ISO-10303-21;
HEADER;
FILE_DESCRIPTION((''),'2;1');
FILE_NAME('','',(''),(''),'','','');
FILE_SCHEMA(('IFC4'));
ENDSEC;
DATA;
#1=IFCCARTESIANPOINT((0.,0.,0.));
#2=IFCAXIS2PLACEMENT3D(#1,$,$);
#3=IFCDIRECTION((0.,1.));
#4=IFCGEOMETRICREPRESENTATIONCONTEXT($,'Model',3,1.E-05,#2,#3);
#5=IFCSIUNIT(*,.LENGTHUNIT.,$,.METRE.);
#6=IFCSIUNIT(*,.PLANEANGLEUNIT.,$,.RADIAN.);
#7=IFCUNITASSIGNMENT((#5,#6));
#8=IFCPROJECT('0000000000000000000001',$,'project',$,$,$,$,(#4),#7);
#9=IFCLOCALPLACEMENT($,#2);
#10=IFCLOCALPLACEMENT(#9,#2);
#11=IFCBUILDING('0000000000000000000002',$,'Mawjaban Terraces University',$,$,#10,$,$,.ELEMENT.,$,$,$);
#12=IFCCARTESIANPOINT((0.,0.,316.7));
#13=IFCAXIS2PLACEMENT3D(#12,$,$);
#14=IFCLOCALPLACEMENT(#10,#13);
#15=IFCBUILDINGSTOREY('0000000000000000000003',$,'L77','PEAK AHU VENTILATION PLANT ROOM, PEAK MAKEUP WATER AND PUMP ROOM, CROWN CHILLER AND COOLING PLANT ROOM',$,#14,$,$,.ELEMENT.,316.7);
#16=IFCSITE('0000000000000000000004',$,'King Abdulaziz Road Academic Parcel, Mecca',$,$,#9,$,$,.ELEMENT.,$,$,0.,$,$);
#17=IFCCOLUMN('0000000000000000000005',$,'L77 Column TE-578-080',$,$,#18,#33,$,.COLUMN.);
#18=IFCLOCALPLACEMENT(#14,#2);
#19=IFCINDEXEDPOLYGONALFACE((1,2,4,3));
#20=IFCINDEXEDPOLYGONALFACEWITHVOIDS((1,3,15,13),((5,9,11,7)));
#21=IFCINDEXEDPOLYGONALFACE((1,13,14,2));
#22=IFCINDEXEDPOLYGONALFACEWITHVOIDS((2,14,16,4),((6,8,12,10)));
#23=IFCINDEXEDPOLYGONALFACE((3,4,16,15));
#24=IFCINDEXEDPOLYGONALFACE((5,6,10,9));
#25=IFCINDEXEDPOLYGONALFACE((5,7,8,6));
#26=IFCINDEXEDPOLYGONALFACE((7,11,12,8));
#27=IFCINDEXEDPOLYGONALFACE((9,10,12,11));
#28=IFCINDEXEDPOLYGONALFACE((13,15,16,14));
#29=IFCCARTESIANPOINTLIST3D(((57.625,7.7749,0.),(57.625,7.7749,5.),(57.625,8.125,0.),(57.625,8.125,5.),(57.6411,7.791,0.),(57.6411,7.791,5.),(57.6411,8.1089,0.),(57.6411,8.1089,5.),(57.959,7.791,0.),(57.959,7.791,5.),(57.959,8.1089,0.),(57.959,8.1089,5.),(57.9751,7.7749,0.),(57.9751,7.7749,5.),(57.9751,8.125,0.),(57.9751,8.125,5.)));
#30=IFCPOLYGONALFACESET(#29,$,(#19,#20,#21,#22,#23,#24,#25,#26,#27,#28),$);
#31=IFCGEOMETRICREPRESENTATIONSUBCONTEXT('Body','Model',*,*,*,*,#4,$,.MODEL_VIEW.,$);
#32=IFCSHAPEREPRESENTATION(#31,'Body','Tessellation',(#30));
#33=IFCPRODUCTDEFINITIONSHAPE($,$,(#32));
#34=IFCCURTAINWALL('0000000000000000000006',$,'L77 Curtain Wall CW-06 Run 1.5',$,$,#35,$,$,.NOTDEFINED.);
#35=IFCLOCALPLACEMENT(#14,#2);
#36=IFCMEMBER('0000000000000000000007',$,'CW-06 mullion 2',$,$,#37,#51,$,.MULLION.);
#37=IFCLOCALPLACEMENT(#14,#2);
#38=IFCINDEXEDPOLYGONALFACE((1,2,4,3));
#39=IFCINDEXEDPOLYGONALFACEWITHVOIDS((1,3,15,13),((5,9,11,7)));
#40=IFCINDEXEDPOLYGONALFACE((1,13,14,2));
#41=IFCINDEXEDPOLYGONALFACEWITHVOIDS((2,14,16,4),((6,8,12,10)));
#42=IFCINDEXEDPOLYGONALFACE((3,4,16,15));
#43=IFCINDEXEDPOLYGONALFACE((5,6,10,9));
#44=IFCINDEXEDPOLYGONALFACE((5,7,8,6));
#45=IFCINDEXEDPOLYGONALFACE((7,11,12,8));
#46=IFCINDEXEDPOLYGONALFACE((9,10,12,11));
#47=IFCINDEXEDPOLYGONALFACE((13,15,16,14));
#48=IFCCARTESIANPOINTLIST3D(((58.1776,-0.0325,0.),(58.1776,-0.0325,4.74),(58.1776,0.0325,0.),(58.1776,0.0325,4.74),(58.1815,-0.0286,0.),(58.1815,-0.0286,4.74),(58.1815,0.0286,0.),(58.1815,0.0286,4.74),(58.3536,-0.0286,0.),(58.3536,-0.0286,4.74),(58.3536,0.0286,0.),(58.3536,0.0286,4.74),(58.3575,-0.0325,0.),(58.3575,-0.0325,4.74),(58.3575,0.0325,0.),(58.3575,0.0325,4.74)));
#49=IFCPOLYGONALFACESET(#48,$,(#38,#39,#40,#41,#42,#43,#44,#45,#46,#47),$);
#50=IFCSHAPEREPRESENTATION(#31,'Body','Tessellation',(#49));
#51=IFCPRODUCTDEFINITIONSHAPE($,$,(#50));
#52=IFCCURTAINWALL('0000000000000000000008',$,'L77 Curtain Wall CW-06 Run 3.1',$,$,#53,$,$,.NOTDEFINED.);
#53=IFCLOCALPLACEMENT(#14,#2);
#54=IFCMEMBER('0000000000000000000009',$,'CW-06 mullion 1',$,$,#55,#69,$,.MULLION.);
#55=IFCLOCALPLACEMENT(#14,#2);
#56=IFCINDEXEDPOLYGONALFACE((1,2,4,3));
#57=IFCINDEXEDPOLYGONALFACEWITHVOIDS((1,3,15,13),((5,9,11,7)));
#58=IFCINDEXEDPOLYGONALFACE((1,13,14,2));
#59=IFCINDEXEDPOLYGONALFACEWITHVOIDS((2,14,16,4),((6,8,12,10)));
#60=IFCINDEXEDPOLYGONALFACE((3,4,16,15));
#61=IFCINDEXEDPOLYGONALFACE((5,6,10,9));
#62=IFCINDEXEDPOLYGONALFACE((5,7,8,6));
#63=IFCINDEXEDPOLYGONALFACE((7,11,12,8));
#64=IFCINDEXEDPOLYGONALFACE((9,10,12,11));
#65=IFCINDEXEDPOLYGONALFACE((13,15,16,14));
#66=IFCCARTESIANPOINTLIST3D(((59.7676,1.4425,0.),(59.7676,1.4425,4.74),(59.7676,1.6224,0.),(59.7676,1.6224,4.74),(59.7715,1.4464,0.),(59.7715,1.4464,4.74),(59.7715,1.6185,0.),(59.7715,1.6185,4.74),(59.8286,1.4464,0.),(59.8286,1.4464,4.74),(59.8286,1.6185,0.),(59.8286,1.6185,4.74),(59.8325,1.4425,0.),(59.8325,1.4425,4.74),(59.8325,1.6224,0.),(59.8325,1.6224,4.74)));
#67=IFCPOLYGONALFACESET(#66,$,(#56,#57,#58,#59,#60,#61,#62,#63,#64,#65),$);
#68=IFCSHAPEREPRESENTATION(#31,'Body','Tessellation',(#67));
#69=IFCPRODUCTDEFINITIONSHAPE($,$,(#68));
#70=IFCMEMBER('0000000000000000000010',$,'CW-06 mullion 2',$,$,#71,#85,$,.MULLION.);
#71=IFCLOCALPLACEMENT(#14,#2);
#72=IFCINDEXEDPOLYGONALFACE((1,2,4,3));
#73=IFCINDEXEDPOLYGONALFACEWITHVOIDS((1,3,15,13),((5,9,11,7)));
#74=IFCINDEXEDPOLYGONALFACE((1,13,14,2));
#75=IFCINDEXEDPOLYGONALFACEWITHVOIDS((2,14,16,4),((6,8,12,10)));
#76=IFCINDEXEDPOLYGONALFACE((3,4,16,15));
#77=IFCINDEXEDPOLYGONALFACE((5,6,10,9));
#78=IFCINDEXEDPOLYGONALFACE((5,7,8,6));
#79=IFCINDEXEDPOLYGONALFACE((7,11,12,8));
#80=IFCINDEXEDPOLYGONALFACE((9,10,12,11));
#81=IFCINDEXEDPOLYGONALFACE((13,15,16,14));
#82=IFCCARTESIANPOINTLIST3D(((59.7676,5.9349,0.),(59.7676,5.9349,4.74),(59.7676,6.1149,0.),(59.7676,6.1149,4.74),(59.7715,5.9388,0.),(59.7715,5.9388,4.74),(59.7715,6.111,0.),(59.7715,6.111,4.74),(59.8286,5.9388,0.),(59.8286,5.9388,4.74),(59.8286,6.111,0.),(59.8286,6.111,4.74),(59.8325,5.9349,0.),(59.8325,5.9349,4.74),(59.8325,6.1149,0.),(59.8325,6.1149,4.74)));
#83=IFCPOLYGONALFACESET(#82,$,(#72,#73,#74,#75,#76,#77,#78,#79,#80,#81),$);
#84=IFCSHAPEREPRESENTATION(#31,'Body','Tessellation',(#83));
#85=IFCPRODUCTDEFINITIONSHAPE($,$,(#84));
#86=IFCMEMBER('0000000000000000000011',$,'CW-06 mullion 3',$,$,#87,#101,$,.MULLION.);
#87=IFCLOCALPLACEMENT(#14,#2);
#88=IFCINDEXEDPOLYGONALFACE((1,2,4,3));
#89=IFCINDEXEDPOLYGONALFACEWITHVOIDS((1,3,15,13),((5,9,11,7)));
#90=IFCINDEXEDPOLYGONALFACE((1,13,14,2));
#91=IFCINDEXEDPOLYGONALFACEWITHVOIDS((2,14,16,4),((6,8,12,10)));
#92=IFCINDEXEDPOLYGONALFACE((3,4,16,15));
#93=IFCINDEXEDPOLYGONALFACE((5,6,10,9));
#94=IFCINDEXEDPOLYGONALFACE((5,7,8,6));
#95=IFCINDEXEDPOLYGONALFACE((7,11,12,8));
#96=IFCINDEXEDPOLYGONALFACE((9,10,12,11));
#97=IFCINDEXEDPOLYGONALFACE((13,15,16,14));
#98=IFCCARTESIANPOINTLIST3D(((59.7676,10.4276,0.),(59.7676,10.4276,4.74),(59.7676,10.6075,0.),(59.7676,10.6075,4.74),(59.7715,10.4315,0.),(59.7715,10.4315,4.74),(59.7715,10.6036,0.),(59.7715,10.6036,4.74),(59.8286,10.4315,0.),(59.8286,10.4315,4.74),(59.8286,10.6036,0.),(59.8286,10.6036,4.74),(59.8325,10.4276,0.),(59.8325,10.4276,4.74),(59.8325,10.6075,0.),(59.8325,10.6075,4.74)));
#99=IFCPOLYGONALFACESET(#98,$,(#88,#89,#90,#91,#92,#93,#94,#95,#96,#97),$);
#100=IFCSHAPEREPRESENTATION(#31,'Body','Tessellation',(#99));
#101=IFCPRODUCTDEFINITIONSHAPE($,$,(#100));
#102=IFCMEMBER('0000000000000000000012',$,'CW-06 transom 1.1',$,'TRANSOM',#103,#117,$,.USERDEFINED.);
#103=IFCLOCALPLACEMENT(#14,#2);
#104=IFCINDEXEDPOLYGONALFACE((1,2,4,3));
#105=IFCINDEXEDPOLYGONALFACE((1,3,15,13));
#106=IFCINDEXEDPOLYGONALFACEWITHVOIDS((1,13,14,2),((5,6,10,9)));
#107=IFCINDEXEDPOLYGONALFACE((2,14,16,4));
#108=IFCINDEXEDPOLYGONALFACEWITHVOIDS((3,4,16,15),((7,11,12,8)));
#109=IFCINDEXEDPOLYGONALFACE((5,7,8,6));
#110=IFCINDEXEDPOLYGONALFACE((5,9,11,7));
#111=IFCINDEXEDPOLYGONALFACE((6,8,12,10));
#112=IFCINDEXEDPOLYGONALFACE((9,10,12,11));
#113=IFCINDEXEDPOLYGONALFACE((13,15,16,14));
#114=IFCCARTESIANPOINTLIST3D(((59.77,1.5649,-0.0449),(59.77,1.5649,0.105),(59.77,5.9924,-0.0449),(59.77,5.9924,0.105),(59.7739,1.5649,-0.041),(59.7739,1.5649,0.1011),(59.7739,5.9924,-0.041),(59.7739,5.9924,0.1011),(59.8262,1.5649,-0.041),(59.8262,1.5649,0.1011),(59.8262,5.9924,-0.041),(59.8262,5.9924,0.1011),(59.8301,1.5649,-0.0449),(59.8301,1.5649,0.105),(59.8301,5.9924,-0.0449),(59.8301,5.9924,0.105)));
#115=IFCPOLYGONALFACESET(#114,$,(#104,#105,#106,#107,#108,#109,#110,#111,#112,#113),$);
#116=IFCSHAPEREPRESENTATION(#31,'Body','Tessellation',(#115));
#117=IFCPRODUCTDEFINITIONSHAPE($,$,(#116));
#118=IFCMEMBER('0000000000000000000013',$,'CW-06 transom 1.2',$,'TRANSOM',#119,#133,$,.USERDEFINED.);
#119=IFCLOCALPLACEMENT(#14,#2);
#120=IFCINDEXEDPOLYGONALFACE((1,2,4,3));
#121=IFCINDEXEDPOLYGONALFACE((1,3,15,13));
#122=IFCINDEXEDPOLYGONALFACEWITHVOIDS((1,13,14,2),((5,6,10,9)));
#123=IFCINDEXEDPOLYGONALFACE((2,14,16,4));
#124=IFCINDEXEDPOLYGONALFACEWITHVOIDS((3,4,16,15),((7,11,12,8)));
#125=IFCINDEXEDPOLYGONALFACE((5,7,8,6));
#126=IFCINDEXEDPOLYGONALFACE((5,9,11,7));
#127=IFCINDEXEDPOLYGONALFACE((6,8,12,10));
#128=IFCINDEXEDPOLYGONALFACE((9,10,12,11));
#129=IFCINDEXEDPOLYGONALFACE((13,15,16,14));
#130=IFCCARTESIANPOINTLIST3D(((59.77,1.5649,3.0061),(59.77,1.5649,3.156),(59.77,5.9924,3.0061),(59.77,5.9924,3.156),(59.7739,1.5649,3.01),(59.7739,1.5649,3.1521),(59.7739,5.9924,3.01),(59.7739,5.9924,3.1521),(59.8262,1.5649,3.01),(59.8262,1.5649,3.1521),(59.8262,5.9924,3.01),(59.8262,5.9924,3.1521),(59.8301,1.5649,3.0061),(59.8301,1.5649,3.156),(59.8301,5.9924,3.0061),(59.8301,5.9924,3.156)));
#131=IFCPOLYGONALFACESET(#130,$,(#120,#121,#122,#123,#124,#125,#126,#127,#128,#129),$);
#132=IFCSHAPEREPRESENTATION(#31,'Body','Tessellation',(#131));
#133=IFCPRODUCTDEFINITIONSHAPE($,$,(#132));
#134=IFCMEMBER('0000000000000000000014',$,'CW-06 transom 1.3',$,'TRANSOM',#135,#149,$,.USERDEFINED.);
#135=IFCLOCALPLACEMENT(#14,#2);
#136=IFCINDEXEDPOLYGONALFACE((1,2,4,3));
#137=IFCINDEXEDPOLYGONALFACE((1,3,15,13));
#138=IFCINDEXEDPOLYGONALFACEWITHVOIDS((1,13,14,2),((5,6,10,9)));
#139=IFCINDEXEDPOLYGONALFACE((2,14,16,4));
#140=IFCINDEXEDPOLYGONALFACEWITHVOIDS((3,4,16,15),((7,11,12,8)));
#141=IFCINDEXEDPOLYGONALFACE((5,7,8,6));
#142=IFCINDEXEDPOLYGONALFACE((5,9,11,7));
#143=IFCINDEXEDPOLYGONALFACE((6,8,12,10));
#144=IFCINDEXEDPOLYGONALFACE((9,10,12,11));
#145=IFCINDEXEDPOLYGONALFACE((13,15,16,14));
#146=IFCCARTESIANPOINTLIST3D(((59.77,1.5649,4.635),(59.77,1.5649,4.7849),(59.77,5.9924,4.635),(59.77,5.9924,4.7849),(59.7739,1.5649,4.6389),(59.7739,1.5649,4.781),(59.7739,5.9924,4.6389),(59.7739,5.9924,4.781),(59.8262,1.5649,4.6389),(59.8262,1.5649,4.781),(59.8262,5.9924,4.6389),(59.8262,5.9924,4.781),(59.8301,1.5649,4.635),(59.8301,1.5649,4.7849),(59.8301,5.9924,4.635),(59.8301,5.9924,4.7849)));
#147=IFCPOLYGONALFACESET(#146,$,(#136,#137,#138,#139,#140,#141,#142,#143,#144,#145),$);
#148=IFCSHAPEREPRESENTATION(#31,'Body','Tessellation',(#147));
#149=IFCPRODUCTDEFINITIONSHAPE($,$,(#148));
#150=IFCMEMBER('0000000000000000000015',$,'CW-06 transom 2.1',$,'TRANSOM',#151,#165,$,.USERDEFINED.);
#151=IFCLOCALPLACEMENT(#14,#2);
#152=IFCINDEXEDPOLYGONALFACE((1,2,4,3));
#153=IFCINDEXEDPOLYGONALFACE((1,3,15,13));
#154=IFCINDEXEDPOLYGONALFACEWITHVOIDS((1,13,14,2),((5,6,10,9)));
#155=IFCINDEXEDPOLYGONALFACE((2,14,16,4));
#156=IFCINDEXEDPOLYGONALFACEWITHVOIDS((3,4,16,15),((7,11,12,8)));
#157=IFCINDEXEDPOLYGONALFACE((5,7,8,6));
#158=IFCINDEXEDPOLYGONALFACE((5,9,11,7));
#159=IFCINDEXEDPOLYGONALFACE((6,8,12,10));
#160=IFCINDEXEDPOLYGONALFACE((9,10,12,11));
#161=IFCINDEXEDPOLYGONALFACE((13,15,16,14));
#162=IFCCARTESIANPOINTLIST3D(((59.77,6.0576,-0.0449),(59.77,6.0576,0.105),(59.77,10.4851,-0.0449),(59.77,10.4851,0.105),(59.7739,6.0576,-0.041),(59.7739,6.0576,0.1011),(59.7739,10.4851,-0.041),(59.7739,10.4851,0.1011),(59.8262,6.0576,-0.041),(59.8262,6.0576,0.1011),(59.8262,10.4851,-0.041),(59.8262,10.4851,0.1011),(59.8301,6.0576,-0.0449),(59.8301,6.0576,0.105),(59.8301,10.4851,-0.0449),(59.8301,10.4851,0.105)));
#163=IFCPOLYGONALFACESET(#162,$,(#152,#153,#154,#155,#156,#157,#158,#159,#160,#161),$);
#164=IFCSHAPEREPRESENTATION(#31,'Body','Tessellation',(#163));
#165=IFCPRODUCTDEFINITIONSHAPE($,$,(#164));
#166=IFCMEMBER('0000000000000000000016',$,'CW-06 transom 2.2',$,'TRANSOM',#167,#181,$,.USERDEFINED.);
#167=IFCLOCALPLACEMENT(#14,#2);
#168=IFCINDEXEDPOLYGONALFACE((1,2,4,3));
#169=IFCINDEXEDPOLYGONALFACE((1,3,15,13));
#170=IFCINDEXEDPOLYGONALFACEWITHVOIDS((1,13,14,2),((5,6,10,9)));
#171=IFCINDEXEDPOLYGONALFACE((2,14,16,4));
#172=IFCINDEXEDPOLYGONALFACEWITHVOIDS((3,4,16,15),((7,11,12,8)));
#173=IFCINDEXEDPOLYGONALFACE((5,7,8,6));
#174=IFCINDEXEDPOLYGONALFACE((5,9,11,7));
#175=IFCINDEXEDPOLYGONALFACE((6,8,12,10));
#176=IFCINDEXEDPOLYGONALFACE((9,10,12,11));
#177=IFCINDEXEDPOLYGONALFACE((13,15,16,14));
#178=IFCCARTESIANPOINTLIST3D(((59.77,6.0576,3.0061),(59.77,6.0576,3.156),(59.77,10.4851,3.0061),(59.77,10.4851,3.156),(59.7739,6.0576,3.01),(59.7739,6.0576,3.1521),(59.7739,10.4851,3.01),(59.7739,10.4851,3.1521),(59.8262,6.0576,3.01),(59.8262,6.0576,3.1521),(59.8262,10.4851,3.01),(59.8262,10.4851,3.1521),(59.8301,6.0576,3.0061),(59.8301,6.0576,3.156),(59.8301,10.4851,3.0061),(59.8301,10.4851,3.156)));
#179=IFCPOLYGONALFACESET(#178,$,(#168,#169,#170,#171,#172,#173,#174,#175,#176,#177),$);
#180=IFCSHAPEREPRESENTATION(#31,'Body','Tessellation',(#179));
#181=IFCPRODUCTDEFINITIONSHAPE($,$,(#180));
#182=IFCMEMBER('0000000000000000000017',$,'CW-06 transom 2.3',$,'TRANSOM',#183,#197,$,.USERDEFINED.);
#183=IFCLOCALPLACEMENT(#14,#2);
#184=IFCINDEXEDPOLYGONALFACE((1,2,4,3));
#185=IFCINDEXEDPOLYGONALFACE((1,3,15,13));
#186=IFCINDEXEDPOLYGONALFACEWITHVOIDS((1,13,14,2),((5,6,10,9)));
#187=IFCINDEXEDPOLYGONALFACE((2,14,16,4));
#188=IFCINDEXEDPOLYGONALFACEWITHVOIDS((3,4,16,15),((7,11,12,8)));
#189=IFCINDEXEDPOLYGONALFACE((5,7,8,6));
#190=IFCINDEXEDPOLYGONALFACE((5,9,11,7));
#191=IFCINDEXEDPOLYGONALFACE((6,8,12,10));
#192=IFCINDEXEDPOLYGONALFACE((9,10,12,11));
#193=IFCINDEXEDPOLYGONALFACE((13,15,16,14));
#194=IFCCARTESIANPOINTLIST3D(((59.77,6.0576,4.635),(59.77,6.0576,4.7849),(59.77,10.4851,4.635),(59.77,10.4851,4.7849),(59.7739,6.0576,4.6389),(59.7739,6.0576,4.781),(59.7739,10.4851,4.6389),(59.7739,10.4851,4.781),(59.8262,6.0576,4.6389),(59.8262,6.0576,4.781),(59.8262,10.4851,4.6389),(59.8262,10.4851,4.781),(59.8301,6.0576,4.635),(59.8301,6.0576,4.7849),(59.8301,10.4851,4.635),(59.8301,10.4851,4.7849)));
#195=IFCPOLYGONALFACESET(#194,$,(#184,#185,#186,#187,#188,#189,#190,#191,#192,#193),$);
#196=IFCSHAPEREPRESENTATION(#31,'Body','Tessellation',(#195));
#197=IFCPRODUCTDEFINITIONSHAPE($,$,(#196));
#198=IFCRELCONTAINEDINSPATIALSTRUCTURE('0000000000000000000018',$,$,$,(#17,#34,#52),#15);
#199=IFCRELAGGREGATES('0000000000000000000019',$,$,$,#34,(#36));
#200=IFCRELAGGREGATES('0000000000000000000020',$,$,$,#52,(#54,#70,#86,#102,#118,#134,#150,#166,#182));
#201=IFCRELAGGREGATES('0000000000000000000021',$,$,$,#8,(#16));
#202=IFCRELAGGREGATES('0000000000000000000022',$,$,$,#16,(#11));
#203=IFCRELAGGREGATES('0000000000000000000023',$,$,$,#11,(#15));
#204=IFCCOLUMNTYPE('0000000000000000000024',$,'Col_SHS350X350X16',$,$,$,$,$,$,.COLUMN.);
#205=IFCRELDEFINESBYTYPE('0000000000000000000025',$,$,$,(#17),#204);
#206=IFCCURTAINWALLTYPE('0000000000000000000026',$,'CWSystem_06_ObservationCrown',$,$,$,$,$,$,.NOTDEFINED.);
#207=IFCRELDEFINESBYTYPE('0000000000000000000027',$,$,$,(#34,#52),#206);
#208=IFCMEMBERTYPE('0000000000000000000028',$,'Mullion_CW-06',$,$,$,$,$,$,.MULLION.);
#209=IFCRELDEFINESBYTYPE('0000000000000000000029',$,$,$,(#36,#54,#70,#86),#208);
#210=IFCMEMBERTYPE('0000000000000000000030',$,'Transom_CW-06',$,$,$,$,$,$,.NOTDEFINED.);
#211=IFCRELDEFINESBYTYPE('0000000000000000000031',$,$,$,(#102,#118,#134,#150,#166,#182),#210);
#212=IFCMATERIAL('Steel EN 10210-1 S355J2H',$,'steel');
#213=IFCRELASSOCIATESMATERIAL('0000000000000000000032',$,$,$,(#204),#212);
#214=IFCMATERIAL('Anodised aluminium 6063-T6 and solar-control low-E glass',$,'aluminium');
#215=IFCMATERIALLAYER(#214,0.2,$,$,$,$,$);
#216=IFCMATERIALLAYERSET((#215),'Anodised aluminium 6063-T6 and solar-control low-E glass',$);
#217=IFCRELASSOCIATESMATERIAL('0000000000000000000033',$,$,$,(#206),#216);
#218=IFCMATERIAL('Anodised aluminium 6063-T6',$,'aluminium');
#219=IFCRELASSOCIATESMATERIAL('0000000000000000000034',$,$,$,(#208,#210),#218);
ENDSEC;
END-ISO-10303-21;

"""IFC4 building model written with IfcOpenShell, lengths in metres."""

from ifc_helpers import new_model, si_unit, direction, frame, origin, origin_2d, place, context, subcontext, project, spatial, hollow_rectangle, extrude, material, layer, layer_set, material_profile, profile_set, type_object, element, aggregate, save


model = new_model("IFC4")

# Units and contexts
model_context = context("Model", 3, precision=1e-05, world=origin(), true_north=direction((0.0, 1.0)))
body_context = subcontext(model_context, "Body", "Model", "MODEL_VIEW")
ifc_project = project(units=[si_unit("LENGTHUNIT", "METRE"), si_unit("PLANEANGLEUNIT", "RADIAN")], contexts=[model_context])

# Site, building, storey
site_placement = place(None, origin())
site = spatial("IfcSite", under=ifc_project, at=site_placement, Name="King Abdulaziz Road Academic Parcel, Mecca", CompositionType="ELEMENT", RefElevation=0.0)
building_placement = place(site_placement, origin())
building = spatial("IfcBuilding", under=site, at=building_placement, Name="Mawjaban Terraces University", CompositionType="ELEMENT")
storey_placement = place(building_placement, frame((0.0, 0.0, 316.7)))
storey = spatial("IfcBuildingStorey", under=building, at=storey_placement, Name="L77", Description="PEAK AHU VENTILATION PLANT ROOM, PEAK MAKEUP WATER AND PUMP ROOM, CROWN CHILLER AND COOLING PLANT ROOM", CompositionType="ELEMENT", Elevation=316.7)

# Column
ifc_material_1 = material(Name="Steel EN 10210-1 S355J2H", Category="steel")
ifc_material_profile_1 = material_profile(ifc_material_1, hollow_rectangle(XDim=0.3501, YDim=0.3501, WallThickness=0.0161, at=origin_2d()), Name="SHS350X350X16")
ifc_profile_set_1 = profile_set([ifc_material_profile_1], Name="Steel EN 10210-1 S355J2H")
column_type = type_object("IfcColumnType", Name="Col_SHS350X350X16", PredefinedType="COLUMN", material=ifc_profile_set_1)
column_placement = place(storey_placement, frame((57.8, 7.95, 0.0), z_axis=(0.0, 0.0, 1.0), x_axis=(1.0, 0.0, 0.0)))
element("IfcColumn", 1, at=column_placement, inside=storey, type_object=column_type, Name="L77 Column TE-578-080", PredefinedType="COLUMN", context=body_context, shape_type="SweptSolid", body=[
    extrude(hollow_rectangle(XDim=0.3501, YDim=0.3501, WallThickness=0.0161, at=origin_2d()), origin(), (0.0, 0.0, 1.0), 5.0),
])

# Curtain wall, member
ifc_material_2 = material(Name="Anodised aluminium 6063-T6 and solar-control low-E glass", Category="aluminium")
ifc_layer_1 = layer(ifc_material_2, 0.2)
ifc_layer_set_1 = layer_set([ifc_layer_1], Name="Anodised aluminium 6063-T6 and solar-control low-E glass")
curtain_wall_type = type_object("IfcCurtainWallType", Name="CWSystem_06_ObservationCrown", PredefinedType="NOTDEFINED", material=ifc_layer_set_1)
curtain_wall_1_placement = place(storey_placement, origin())
curtain_wall_1 = element("IfcCurtainWall", 2, at=curtain_wall_1_placement, inside=storey, type_object=curtain_wall_type, Name="L77 Curtain Wall CW-06 Run 1.5", PredefinedType="NOTDEFINED")
ifc_material_3 = material(Name="Anodised aluminium 6063-T6", Category="aluminium")
ifc_material_profile_2 = material_profile(ifc_material_3, hollow_rectangle(XDim=0.0649, YDim=0.1799, WallThickness=0.0039, at=origin_2d()), Name="ALU180X65X4")
ifc_profile_set_2 = profile_set([ifc_material_profile_2], Name="Anodised aluminium 6063-T6")
member_type_1 = type_object("IfcMemberType", Name="Mullion_CW-06", PredefinedType="MULLION", material=ifc_profile_set_2)
member_1_placement = place(storey_placement, frame((58.2676, 0.0, 0.0), z_axis=(0.0, 0.0, 1.0), x_axis=(0.0, 1.0, 0.0)))
member_1 = element("IfcMember", 3, at=member_1_placement, type_object=member_type_1, Name="CW-06 mullion 2", PredefinedType="MULLION", context=body_context, shape_type="SweptSolid", body=[
    extrude(hollow_rectangle(XDim=0.0649, YDim=0.1799, WallThickness=0.0039, at=origin_2d()), origin(), (0.0, 0.0, 1.0), 4.74),
])

# Curtain wall, members
curtain_wall_2_placement = place(storey_placement, origin())
curtain_wall_2 = element("IfcCurtainWall", 4, at=curtain_wall_2_placement, inside=storey, type_object=curtain_wall_type, Name="L77 Curtain Wall CW-06 Run 3.1", PredefinedType="NOTDEFINED")
member_2_placement = place(storey_placement, frame((59.8, 1.5325, 0.0), z_axis=(0.0, 0.0, 1.0), x_axis=(-1.0, 0.0, 0.0)))
member_2 = element("IfcMember", 5, at=member_2_placement, type_object=member_type_1, Name="CW-06 mullion 1", PredefinedType="MULLION", context=body_context, shape_type="SweptSolid", body=[
    extrude(hollow_rectangle(XDim=0.0649, YDim=0.1799, WallThickness=0.0039, at=origin_2d()), origin(), (0.0, 0.0, 1.0), 4.74),
])
member_3_placement = place(storey_placement, frame((59.8, 6.0249, 0.0), z_axis=(0.0, 0.0, 1.0), x_axis=(-1.0, 0.0, 0.0)))
member_3 = element("IfcMember", 6, at=member_3_placement, type_object=member_type_1, Name="CW-06 mullion 2", PredefinedType="MULLION", context=body_context, shape_type="SweptSolid", body=[
    extrude(hollow_rectangle(XDim=0.0649, YDim=0.1799, WallThickness=0.0039, at=origin_2d()), origin(), (0.0, 0.0, 1.0), 4.74),
])
member_4_placement = place(storey_placement, frame((59.8, 10.5176, 0.0), z_axis=(0.0, 0.0, 1.0), x_axis=(-1.0, 0.0, 0.0)))
member_4 = element("IfcMember", 7, at=member_4_placement, type_object=member_type_1, Name="CW-06 mullion 3", PredefinedType="MULLION", context=body_context, shape_type="SweptSolid", body=[
    extrude(hollow_rectangle(XDim=0.0649, YDim=0.1799, WallThickness=0.0039, at=origin_2d()), origin(), (0.0, 0.0, 1.0), 4.74),
])
ifc_material_profile_3 = material_profile(ifc_material_3, hollow_rectangle(XDim=0.0601, YDim=0.1499, WallThickness=0.0039, at=origin_2d()), Name="ALU150X60X4")
ifc_profile_set_3 = profile_set([ifc_material_profile_3], Name="Anodised aluminium 6063-T6")
member_type_2 = type_object("IfcMemberType", Name="Transom_CW-06", PredefinedType="NOTDEFINED", material=ifc_profile_set_3)
member_5_placement = place(storey_placement, frame((59.8, 1.5649, 0.03), z_axis=(0.0, 1.0, 0.0), x_axis=(-1.0, 0.0, 0.0)))
member_5 = element("IfcMember", 8, at=member_5_placement, type_object=member_type_2, Name="CW-06 transom 1.1", ObjectType="TRANSOM", PredefinedType="USERDEFINED", context=body_context, shape_type="SweptSolid", body=[
    extrude(hollow_rectangle(XDim=0.0601, YDim=0.1499, WallThickness=0.0039, at=origin_2d()), origin(), (0.0, 0.0, 1.0), 4.4275),
])
member_6_placement = place(storey_placement, frame((59.8, 1.5649, 3.0811), z_axis=(0.0, 1.0, 0.0), x_axis=(-1.0, 0.0, 0.0)))
member_6 = element("IfcMember", 9, at=member_6_placement, type_object=member_type_2, Name="CW-06 transom 1.2", ObjectType="TRANSOM", PredefinedType="USERDEFINED", context=body_context, shape_type="SweptSolid", body=[
    extrude(hollow_rectangle(XDim=0.0601, YDim=0.1499, WallThickness=0.0039, at=origin_2d()), origin(), (0.0, 0.0, 1.0), 4.4275),
])
member_7_placement = place(storey_placement, frame((59.8, 1.5649, 4.71), z_axis=(0.0, 1.0, 0.0), x_axis=(-1.0, 0.0, 0.0)))
member_7 = element("IfcMember", 10, at=member_7_placement, type_object=member_type_2, Name="CW-06 transom 1.3", ObjectType="TRANSOM", PredefinedType="USERDEFINED", context=body_context, shape_type="SweptSolid", body=[
    extrude(hollow_rectangle(XDim=0.0601, YDim=0.1499, WallThickness=0.0039, at=origin_2d()), origin(), (0.0, 0.0, 1.0), 4.4275),
])
member_8_placement = place(storey_placement, frame((59.8, 6.0576, 0.03), z_axis=(0.0, 1.0, 0.0), x_axis=(-1.0, 0.0, 0.0)))
member_8 = element("IfcMember", 11, at=member_8_placement, type_object=member_type_2, Name="CW-06 transom 2.1", ObjectType="TRANSOM", PredefinedType="USERDEFINED", context=body_context, shape_type="SweptSolid", body=[
    extrude(hollow_rectangle(XDim=0.0601, YDim=0.1499, WallThickness=0.0039, at=origin_2d()), origin(), (0.0, 0.0, 1.0), 4.4275),
])
member_9_placement = place(storey_placement, frame((59.8, 6.0576, 3.0811), z_axis=(0.0, 1.0, 0.0), x_axis=(-1.0, 0.0, 0.0)))
member_9 = element("IfcMember", 12, at=member_9_placement, type_object=member_type_2, Name="CW-06 transom 2.2", ObjectType="TRANSOM", PredefinedType="USERDEFINED", context=body_context, shape_type="SweptSolid", body=[
    extrude(hollow_rectangle(XDim=0.0601, YDim=0.1499, WallThickness=0.0039, at=origin_2d()), origin(), (0.0, 0.0, 1.0), 4.4275),
])
member_10_placement = place(storey_placement, frame((59.8, 6.0576, 4.71), z_axis=(0.0, 1.0, 0.0), x_axis=(-1.0, 0.0, 0.0)))
member_10 = element("IfcMember", 13, at=member_10_placement, type_object=member_type_2, Name="CW-06 transom 2.3", ObjectType="TRANSOM", PredefinedType="USERDEFINED", context=body_context, shape_type="SweptSolid", body=[
    extrude(hollow_rectangle(XDim=0.0601, YDim=0.1499, WallThickness=0.0039, at=origin_2d()), origin(), (0.0, 0.0, 1.0), 4.4275),
])

aggregate(curtain_wall_1, [member_1])
aggregate(curtain_wall_2, [member_2, member_3, member_4, member_5, member_6, member_7, member_8, member_9, member_10])

save(model, "model.ifc")
